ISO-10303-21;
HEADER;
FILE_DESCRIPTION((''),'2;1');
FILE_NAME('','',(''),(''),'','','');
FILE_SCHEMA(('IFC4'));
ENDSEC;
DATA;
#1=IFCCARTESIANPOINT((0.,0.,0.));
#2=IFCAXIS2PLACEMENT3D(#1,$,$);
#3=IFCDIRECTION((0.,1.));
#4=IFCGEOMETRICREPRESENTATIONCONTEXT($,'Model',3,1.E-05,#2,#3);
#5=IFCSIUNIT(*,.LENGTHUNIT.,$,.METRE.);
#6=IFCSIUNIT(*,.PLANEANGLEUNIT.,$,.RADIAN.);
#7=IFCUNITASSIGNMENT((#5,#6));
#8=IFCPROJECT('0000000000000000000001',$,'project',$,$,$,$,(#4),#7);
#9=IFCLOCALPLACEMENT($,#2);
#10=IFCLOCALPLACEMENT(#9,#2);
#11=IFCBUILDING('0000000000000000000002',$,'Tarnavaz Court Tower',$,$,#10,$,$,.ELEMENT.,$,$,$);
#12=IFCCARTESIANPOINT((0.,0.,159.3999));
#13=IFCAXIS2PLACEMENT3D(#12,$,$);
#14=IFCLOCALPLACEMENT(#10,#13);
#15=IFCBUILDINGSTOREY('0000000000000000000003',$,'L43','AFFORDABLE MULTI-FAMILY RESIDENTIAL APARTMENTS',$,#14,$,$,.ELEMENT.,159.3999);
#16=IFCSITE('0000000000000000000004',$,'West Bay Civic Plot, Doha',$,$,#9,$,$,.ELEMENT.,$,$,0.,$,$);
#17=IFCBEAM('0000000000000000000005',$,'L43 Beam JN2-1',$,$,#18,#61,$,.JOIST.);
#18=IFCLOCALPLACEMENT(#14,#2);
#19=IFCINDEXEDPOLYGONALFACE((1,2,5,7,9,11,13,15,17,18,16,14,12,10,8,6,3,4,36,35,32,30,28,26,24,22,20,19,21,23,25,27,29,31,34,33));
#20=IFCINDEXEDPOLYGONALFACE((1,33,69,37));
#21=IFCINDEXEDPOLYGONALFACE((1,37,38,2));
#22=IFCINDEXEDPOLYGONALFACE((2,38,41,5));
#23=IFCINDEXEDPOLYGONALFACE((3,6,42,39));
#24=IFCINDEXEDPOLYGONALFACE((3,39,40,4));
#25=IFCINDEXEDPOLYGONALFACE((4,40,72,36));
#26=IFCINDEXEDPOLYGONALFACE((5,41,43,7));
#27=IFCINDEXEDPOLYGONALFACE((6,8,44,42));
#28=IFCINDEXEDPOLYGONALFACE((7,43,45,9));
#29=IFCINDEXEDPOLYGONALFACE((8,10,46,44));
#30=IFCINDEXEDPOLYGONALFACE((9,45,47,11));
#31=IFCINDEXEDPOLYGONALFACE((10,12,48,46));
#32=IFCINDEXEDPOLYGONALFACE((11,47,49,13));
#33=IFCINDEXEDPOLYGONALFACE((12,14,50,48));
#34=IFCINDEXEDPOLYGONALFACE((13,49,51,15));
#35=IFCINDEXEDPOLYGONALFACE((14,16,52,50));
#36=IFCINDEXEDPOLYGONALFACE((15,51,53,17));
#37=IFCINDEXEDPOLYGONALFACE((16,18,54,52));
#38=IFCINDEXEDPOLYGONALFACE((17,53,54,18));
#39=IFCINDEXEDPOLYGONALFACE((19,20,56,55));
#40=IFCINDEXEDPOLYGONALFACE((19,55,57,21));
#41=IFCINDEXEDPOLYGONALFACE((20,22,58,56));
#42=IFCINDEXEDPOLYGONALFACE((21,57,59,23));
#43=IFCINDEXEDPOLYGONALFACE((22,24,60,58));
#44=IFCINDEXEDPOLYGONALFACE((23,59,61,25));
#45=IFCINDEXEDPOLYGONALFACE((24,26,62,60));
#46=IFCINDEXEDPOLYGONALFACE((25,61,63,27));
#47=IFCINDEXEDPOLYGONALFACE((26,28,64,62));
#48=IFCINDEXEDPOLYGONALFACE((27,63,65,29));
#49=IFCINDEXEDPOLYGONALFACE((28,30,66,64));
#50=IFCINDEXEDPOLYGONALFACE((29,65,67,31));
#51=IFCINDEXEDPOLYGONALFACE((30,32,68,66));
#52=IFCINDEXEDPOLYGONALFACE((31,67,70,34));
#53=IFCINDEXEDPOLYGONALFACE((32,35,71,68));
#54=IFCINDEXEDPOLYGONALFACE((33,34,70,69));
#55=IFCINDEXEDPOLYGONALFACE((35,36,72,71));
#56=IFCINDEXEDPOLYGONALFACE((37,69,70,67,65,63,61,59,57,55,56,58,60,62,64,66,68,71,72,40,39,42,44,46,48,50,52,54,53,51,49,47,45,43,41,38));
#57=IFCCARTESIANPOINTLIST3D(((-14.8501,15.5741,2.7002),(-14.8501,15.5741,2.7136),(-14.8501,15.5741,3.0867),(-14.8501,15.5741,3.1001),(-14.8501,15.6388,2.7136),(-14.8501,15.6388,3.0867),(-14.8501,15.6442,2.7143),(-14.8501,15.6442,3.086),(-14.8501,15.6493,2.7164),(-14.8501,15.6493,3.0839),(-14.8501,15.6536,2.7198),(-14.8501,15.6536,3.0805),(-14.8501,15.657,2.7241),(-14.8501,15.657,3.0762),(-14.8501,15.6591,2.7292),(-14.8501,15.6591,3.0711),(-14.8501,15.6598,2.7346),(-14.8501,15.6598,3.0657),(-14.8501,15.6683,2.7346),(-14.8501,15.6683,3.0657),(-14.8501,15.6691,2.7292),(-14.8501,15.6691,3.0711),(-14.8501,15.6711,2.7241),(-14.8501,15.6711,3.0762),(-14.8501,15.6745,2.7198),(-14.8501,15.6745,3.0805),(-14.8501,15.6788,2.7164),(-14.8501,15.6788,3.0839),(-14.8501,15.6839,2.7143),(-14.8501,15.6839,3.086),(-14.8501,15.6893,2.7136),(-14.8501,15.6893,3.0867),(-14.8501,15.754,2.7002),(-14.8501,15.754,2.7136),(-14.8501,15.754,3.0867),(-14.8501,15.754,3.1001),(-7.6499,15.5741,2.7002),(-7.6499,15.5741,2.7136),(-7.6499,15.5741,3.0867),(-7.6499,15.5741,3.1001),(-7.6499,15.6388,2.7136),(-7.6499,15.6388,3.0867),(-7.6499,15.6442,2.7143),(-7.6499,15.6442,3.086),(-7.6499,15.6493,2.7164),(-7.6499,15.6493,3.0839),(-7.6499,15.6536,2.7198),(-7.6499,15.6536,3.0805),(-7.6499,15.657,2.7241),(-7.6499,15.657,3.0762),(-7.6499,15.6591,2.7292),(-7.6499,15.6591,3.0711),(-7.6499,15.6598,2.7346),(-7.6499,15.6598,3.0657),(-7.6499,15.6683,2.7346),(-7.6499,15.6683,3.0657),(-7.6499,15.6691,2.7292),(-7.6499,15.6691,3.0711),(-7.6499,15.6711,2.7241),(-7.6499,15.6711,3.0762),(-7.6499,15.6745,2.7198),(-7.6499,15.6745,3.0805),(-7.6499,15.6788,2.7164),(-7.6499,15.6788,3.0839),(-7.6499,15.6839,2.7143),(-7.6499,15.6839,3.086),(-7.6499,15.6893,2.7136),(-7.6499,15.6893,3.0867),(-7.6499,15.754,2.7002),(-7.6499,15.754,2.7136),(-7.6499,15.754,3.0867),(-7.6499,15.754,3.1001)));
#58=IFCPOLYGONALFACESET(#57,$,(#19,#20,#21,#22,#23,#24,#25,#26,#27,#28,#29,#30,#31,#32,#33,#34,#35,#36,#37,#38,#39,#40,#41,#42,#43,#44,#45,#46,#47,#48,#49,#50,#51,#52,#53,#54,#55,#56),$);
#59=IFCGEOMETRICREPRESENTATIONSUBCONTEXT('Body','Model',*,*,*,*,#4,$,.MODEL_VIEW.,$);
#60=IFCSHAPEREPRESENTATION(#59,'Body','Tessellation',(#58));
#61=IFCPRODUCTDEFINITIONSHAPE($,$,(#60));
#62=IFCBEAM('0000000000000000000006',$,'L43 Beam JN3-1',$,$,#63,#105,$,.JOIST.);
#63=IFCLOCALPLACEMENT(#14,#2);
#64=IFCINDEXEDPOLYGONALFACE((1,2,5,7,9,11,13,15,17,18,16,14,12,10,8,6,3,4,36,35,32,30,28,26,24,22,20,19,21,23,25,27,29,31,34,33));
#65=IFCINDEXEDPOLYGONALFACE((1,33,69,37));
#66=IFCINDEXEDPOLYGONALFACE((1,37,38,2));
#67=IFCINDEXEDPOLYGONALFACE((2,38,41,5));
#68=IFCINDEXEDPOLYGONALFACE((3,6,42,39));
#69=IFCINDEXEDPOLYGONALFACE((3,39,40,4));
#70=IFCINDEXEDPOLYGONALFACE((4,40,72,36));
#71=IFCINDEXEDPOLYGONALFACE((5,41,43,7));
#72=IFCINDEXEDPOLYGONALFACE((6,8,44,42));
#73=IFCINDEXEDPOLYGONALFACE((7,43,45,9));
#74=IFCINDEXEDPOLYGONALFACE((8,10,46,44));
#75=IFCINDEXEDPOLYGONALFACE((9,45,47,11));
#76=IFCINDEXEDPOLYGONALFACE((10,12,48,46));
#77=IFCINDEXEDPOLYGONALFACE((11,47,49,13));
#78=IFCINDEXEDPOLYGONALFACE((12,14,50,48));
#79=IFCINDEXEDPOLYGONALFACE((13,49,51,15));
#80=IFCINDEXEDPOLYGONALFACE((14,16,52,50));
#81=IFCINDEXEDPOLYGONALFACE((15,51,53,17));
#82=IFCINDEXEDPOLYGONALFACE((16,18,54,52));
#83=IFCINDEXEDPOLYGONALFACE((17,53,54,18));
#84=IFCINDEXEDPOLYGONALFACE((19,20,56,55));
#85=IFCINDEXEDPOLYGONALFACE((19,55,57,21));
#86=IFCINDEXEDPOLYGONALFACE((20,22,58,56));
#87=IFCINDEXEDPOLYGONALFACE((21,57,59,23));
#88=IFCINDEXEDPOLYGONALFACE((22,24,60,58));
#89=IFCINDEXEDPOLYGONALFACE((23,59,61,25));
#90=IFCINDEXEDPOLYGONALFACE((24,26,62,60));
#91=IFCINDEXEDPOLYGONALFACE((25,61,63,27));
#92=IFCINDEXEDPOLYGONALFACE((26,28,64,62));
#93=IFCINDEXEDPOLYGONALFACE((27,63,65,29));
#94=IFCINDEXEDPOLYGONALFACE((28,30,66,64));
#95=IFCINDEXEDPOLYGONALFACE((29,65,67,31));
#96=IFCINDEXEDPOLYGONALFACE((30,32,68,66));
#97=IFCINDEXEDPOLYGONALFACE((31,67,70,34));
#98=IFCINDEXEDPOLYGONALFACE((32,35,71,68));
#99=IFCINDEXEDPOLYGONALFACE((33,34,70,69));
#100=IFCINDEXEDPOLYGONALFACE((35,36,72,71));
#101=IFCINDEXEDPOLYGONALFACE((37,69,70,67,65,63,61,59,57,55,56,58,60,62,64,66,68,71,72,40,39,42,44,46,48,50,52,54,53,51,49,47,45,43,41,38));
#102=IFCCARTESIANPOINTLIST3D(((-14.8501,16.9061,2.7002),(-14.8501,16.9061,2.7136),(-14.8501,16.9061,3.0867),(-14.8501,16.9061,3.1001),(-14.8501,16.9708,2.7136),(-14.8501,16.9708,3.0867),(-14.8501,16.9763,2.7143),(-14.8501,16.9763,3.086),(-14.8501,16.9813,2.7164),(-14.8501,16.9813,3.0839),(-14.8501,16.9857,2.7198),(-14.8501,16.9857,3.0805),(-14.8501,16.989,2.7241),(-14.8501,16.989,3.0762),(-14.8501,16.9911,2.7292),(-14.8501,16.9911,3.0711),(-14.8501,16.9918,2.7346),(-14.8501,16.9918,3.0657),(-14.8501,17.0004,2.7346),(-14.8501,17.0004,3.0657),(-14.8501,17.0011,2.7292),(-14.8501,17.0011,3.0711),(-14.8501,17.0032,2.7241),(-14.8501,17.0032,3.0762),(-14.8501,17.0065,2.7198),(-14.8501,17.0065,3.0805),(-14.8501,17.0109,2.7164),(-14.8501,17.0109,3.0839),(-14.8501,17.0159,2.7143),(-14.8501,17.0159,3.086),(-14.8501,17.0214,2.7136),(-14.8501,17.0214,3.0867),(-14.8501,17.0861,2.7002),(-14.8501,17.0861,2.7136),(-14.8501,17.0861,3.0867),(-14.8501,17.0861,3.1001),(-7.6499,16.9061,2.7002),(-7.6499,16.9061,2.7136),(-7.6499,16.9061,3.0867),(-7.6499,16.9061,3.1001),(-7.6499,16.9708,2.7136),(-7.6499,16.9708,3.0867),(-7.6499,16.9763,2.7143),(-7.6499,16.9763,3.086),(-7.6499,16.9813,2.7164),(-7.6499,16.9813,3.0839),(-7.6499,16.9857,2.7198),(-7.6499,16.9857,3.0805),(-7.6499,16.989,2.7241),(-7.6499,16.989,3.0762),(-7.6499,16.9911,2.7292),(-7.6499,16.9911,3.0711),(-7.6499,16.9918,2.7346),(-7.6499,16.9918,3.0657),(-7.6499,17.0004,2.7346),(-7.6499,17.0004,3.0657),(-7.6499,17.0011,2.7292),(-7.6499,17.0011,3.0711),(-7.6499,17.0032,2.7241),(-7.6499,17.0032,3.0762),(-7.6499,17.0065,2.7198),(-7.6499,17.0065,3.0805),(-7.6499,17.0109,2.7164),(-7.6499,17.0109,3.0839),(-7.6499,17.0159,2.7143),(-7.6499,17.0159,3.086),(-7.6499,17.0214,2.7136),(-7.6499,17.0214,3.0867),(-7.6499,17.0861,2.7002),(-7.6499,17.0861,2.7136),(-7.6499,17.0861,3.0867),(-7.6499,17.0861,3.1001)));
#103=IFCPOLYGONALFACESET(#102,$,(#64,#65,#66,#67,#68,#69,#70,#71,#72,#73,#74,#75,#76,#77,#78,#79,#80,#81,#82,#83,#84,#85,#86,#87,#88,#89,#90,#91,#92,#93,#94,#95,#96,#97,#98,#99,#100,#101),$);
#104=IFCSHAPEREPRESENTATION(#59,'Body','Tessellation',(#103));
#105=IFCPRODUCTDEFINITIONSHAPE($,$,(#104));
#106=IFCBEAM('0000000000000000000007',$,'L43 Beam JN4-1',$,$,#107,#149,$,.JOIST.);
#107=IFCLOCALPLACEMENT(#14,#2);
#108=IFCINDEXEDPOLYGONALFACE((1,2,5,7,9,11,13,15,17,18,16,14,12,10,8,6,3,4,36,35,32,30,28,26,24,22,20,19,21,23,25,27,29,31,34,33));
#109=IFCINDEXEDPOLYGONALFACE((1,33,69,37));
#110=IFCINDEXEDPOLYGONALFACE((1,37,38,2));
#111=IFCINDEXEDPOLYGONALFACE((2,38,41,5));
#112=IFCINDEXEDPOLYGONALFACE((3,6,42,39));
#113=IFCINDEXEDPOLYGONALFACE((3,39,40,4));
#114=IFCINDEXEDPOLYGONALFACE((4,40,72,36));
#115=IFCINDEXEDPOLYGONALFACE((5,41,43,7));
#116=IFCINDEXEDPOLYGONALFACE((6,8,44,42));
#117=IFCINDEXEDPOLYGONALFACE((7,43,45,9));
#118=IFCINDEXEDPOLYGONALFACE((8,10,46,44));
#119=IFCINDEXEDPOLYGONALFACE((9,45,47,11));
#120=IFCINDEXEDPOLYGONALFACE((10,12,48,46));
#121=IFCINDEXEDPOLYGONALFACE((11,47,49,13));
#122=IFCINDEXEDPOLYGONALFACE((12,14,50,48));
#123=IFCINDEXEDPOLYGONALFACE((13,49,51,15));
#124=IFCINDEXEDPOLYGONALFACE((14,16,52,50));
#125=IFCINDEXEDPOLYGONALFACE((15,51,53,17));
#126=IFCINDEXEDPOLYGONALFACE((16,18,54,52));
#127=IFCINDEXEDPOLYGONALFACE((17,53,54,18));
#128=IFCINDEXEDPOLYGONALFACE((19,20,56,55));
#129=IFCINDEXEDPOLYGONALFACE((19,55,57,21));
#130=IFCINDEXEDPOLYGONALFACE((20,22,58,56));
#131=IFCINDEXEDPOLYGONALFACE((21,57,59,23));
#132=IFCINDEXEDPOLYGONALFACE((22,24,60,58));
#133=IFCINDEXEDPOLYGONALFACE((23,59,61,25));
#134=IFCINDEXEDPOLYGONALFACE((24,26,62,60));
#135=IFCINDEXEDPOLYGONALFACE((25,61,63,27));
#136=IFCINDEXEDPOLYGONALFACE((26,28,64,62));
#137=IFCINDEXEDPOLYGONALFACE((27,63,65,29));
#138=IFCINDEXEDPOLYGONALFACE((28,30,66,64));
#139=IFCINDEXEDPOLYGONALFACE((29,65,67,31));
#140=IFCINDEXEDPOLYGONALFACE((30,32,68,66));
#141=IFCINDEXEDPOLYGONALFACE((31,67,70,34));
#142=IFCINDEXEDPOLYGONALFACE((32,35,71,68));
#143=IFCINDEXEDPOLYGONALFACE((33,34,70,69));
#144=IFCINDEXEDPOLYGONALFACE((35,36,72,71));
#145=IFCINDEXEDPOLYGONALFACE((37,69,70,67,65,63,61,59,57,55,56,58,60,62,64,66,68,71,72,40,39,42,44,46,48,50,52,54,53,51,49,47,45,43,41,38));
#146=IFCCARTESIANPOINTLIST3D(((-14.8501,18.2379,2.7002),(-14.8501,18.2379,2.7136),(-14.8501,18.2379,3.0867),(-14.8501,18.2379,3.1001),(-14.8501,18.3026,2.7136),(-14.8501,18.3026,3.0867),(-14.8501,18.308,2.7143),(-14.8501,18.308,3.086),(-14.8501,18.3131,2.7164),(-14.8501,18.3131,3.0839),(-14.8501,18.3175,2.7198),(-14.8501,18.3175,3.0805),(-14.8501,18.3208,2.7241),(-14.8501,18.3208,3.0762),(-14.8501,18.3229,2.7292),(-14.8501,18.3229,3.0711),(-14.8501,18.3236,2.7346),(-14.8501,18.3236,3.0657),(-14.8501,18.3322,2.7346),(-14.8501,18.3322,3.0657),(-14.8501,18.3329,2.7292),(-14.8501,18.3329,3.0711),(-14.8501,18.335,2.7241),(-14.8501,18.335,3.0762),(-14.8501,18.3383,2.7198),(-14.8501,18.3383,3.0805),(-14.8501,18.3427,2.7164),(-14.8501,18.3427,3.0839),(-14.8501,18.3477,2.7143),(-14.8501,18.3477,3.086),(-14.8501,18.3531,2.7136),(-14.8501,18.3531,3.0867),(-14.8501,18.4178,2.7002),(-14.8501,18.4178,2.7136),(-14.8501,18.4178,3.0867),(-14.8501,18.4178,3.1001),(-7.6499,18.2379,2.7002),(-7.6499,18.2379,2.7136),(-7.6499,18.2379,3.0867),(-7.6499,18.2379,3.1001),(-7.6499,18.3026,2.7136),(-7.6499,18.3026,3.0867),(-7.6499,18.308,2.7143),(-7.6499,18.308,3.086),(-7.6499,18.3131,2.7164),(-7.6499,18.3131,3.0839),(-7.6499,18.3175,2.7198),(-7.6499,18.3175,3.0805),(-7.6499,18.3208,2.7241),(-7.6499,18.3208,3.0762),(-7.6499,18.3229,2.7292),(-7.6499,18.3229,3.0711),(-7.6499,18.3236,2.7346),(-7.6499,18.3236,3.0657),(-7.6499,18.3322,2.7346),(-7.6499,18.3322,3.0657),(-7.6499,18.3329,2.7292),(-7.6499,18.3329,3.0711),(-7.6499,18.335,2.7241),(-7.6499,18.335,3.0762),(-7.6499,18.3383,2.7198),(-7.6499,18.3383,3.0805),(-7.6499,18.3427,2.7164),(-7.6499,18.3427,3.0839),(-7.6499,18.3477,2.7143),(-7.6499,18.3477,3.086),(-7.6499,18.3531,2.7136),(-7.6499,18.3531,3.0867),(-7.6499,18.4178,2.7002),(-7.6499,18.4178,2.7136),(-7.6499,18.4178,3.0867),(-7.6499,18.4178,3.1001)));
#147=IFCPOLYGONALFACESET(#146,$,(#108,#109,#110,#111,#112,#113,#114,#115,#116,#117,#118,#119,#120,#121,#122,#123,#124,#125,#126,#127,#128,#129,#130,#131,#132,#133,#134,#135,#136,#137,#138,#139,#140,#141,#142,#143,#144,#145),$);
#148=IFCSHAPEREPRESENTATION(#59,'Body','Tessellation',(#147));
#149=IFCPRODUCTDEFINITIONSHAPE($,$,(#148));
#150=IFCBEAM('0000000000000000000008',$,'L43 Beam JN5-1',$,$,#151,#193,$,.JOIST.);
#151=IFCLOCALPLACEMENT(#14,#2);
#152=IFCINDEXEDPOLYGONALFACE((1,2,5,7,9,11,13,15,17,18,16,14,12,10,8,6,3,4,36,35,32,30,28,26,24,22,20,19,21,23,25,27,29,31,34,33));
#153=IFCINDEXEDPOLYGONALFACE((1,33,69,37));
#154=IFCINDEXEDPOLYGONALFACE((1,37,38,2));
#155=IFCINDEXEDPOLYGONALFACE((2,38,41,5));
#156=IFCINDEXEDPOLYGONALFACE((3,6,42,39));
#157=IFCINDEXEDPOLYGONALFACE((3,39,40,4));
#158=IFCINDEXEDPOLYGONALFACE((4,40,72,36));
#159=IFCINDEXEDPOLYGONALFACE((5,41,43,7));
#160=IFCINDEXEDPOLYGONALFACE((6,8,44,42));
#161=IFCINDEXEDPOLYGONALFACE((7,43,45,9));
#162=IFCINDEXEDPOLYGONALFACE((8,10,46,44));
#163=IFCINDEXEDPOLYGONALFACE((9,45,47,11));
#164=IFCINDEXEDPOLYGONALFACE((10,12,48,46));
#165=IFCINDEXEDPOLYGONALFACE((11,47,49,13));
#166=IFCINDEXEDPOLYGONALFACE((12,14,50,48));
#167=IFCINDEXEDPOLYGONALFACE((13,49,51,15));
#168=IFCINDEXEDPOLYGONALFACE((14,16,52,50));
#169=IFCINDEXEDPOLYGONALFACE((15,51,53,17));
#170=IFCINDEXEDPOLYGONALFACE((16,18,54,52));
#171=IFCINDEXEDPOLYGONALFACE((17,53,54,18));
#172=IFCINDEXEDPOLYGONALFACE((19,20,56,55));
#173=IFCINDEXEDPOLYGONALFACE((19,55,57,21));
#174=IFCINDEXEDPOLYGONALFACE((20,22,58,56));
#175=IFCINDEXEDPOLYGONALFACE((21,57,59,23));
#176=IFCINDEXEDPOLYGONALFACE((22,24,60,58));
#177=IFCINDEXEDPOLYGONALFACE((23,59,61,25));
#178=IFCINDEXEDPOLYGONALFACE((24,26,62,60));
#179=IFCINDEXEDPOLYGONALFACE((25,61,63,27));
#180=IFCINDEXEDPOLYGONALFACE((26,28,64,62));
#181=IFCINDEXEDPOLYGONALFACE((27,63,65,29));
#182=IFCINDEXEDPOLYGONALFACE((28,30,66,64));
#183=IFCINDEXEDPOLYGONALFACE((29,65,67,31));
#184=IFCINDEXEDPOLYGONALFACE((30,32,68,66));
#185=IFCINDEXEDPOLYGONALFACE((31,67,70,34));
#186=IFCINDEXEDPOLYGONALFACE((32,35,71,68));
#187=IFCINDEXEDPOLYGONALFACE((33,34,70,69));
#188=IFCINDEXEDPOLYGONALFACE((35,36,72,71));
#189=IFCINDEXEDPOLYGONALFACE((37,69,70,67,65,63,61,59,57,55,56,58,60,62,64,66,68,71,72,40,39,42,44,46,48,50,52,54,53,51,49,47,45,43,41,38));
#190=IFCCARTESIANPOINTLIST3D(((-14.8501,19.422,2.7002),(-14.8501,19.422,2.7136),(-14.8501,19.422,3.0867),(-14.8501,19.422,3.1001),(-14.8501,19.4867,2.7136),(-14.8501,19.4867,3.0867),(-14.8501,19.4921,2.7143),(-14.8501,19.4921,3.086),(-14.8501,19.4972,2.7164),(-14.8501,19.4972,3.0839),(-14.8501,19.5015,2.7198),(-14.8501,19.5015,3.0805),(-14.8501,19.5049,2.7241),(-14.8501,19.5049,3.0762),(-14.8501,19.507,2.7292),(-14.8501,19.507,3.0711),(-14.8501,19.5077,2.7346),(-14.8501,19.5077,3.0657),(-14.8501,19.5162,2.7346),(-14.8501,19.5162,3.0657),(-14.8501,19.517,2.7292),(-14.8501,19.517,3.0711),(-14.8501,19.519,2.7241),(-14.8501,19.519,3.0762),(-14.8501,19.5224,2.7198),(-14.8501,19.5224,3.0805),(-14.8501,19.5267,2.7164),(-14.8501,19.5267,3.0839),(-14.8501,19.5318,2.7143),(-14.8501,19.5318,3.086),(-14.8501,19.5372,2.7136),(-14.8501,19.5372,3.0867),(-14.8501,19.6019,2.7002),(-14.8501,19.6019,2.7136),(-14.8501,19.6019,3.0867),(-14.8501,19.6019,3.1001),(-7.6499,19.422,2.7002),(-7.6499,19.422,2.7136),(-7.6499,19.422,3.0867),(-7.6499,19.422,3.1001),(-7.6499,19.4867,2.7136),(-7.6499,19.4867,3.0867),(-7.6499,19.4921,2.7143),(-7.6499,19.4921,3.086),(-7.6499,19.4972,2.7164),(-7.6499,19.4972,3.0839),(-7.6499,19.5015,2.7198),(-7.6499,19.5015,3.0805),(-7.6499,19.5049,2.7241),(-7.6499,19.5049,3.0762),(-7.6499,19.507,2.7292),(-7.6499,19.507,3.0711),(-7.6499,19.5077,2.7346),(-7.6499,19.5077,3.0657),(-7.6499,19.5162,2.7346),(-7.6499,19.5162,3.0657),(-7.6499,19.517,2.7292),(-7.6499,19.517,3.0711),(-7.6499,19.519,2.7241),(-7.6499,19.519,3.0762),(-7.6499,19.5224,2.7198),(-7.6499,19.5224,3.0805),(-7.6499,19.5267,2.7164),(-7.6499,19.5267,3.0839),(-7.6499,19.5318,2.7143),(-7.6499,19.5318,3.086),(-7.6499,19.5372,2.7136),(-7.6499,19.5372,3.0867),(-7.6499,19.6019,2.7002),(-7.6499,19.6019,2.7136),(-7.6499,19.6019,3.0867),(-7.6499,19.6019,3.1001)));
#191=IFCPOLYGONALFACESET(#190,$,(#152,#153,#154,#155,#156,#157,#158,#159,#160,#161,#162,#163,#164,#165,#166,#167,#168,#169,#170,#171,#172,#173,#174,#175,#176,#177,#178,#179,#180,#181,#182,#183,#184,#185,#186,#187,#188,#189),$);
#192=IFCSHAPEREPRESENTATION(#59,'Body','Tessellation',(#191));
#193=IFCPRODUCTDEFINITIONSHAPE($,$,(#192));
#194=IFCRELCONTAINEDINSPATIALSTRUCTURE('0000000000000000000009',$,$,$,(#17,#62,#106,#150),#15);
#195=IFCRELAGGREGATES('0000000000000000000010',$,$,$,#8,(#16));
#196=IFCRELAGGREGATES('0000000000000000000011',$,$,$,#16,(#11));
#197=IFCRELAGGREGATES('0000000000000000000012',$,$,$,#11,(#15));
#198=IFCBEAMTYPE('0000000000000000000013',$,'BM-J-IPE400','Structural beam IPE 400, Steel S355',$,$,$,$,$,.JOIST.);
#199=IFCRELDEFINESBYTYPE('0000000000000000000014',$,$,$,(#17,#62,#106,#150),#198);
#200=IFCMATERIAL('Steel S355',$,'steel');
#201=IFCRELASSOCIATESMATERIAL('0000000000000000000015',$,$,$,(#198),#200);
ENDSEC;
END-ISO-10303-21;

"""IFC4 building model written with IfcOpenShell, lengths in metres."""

from ifc_helpers import new_model, si_unit, direction, frame, origin, origin_2d, place, context, subcontext, project, spatial, i_section, extrude, material, material_profile, profile_set, type_object, element, save


model = new_model("IFC4")

# Units and contexts
model_context = context("Model", 3, precision=1e-05, world=origin(), true_north=direction((0.0, 1.0)))
body_context = subcontext(model_context, "Body", "Model", "MODEL_VIEW")
ifc_project = project(units=[si_unit("LENGTHUNIT", "METRE"), si_unit("PLANEANGLEUNIT", "RADIAN")], contexts=[model_context])

# Site, building, storey
site_placement = place(None, origin())
site = spatial("IfcSite", under=ifc_project, at=site_placement, Name="West Bay Civic Plot, Doha", CompositionType="ELEMENT", RefElevation=0.0)
building_placement = place(site_placement, origin())
building = spatial("IfcBuilding", under=site, at=building_placement, Name="Tarnavaz Court Tower", CompositionType="ELEMENT")
storey_placement = place(building_placement, frame((0.0, 0.0, 159.3999)))
storey = spatial("IfcBuildingStorey", under=building, at=storey_placement, Name="L43", Description="AFFORDABLE MULTI-FAMILY RESIDENTIAL APARTMENTS", CompositionType="ELEMENT", Elevation=159.3999)

# Beams
ifc_material_1 = material(Name="Steel S355", Category="steel")
ifc_material_profile_1 = material_profile(ifc_material_1, i_section(OverallWidth=0.1799, OverallDepth=0.3999, WebThickness=0.0085, FlangeThickness=0.0134, FilletRadius=0.021, at=origin_2d()), Name="IPE 400")
ifc_profile_set_1 = profile_set([ifc_material_profile_1], Name="Steel S355")
beam_type_1 = type_object("IfcBeamType", Name="BM-J-IPE400", Description="Structural beam IPE 400, Steel S355", PredefinedType="JOIST", material=ifc_profile_set_1)
for number, where, z_axis, x_axis, name in (
    (1, (-14.8501, 15.6641, 2.9001), (1.0, 0.0, 0.0), (0.0, 1.0, 0.0), "L43 Beam JN2-1"),
    (2, (-14.8501, 16.9961, 2.9001), (1.0, 0.0, 0.0), (0.0, 1.0, 0.0), "L43 Beam JN3-1"),
    (3, (-14.8501, 18.3279, 2.9001), (1.0, 0.0, 0.0), (0.0, 1.0, 0.0), "L43 Beam JN4-1"),
    (4, (-14.8501, 19.512, 2.9001), (1.0, 0.0, 0.0), (0.0, 1.0, 0.0), "L43 Beam JN5-1"),
):
    element("IfcBeam", number, at=place(storey_placement, frame(where, z_axis=z_axis, x_axis=x_axis)), inside=storey, type_object=beam_type_1, Name=name, PredefinedType="JOIST", context=body_context, shape_type="SweptSolid", body=[
        extrude(i_section(OverallWidth=0.1799, OverallDepth=0.3999, WebThickness=0.0085, FlangeThickness=0.0134, FilletRadius=0.021, at=origin_2d()), origin(), (0.0, 0.0, 1.0), 7.2002),
    ])

save(model, "model.ifc")
